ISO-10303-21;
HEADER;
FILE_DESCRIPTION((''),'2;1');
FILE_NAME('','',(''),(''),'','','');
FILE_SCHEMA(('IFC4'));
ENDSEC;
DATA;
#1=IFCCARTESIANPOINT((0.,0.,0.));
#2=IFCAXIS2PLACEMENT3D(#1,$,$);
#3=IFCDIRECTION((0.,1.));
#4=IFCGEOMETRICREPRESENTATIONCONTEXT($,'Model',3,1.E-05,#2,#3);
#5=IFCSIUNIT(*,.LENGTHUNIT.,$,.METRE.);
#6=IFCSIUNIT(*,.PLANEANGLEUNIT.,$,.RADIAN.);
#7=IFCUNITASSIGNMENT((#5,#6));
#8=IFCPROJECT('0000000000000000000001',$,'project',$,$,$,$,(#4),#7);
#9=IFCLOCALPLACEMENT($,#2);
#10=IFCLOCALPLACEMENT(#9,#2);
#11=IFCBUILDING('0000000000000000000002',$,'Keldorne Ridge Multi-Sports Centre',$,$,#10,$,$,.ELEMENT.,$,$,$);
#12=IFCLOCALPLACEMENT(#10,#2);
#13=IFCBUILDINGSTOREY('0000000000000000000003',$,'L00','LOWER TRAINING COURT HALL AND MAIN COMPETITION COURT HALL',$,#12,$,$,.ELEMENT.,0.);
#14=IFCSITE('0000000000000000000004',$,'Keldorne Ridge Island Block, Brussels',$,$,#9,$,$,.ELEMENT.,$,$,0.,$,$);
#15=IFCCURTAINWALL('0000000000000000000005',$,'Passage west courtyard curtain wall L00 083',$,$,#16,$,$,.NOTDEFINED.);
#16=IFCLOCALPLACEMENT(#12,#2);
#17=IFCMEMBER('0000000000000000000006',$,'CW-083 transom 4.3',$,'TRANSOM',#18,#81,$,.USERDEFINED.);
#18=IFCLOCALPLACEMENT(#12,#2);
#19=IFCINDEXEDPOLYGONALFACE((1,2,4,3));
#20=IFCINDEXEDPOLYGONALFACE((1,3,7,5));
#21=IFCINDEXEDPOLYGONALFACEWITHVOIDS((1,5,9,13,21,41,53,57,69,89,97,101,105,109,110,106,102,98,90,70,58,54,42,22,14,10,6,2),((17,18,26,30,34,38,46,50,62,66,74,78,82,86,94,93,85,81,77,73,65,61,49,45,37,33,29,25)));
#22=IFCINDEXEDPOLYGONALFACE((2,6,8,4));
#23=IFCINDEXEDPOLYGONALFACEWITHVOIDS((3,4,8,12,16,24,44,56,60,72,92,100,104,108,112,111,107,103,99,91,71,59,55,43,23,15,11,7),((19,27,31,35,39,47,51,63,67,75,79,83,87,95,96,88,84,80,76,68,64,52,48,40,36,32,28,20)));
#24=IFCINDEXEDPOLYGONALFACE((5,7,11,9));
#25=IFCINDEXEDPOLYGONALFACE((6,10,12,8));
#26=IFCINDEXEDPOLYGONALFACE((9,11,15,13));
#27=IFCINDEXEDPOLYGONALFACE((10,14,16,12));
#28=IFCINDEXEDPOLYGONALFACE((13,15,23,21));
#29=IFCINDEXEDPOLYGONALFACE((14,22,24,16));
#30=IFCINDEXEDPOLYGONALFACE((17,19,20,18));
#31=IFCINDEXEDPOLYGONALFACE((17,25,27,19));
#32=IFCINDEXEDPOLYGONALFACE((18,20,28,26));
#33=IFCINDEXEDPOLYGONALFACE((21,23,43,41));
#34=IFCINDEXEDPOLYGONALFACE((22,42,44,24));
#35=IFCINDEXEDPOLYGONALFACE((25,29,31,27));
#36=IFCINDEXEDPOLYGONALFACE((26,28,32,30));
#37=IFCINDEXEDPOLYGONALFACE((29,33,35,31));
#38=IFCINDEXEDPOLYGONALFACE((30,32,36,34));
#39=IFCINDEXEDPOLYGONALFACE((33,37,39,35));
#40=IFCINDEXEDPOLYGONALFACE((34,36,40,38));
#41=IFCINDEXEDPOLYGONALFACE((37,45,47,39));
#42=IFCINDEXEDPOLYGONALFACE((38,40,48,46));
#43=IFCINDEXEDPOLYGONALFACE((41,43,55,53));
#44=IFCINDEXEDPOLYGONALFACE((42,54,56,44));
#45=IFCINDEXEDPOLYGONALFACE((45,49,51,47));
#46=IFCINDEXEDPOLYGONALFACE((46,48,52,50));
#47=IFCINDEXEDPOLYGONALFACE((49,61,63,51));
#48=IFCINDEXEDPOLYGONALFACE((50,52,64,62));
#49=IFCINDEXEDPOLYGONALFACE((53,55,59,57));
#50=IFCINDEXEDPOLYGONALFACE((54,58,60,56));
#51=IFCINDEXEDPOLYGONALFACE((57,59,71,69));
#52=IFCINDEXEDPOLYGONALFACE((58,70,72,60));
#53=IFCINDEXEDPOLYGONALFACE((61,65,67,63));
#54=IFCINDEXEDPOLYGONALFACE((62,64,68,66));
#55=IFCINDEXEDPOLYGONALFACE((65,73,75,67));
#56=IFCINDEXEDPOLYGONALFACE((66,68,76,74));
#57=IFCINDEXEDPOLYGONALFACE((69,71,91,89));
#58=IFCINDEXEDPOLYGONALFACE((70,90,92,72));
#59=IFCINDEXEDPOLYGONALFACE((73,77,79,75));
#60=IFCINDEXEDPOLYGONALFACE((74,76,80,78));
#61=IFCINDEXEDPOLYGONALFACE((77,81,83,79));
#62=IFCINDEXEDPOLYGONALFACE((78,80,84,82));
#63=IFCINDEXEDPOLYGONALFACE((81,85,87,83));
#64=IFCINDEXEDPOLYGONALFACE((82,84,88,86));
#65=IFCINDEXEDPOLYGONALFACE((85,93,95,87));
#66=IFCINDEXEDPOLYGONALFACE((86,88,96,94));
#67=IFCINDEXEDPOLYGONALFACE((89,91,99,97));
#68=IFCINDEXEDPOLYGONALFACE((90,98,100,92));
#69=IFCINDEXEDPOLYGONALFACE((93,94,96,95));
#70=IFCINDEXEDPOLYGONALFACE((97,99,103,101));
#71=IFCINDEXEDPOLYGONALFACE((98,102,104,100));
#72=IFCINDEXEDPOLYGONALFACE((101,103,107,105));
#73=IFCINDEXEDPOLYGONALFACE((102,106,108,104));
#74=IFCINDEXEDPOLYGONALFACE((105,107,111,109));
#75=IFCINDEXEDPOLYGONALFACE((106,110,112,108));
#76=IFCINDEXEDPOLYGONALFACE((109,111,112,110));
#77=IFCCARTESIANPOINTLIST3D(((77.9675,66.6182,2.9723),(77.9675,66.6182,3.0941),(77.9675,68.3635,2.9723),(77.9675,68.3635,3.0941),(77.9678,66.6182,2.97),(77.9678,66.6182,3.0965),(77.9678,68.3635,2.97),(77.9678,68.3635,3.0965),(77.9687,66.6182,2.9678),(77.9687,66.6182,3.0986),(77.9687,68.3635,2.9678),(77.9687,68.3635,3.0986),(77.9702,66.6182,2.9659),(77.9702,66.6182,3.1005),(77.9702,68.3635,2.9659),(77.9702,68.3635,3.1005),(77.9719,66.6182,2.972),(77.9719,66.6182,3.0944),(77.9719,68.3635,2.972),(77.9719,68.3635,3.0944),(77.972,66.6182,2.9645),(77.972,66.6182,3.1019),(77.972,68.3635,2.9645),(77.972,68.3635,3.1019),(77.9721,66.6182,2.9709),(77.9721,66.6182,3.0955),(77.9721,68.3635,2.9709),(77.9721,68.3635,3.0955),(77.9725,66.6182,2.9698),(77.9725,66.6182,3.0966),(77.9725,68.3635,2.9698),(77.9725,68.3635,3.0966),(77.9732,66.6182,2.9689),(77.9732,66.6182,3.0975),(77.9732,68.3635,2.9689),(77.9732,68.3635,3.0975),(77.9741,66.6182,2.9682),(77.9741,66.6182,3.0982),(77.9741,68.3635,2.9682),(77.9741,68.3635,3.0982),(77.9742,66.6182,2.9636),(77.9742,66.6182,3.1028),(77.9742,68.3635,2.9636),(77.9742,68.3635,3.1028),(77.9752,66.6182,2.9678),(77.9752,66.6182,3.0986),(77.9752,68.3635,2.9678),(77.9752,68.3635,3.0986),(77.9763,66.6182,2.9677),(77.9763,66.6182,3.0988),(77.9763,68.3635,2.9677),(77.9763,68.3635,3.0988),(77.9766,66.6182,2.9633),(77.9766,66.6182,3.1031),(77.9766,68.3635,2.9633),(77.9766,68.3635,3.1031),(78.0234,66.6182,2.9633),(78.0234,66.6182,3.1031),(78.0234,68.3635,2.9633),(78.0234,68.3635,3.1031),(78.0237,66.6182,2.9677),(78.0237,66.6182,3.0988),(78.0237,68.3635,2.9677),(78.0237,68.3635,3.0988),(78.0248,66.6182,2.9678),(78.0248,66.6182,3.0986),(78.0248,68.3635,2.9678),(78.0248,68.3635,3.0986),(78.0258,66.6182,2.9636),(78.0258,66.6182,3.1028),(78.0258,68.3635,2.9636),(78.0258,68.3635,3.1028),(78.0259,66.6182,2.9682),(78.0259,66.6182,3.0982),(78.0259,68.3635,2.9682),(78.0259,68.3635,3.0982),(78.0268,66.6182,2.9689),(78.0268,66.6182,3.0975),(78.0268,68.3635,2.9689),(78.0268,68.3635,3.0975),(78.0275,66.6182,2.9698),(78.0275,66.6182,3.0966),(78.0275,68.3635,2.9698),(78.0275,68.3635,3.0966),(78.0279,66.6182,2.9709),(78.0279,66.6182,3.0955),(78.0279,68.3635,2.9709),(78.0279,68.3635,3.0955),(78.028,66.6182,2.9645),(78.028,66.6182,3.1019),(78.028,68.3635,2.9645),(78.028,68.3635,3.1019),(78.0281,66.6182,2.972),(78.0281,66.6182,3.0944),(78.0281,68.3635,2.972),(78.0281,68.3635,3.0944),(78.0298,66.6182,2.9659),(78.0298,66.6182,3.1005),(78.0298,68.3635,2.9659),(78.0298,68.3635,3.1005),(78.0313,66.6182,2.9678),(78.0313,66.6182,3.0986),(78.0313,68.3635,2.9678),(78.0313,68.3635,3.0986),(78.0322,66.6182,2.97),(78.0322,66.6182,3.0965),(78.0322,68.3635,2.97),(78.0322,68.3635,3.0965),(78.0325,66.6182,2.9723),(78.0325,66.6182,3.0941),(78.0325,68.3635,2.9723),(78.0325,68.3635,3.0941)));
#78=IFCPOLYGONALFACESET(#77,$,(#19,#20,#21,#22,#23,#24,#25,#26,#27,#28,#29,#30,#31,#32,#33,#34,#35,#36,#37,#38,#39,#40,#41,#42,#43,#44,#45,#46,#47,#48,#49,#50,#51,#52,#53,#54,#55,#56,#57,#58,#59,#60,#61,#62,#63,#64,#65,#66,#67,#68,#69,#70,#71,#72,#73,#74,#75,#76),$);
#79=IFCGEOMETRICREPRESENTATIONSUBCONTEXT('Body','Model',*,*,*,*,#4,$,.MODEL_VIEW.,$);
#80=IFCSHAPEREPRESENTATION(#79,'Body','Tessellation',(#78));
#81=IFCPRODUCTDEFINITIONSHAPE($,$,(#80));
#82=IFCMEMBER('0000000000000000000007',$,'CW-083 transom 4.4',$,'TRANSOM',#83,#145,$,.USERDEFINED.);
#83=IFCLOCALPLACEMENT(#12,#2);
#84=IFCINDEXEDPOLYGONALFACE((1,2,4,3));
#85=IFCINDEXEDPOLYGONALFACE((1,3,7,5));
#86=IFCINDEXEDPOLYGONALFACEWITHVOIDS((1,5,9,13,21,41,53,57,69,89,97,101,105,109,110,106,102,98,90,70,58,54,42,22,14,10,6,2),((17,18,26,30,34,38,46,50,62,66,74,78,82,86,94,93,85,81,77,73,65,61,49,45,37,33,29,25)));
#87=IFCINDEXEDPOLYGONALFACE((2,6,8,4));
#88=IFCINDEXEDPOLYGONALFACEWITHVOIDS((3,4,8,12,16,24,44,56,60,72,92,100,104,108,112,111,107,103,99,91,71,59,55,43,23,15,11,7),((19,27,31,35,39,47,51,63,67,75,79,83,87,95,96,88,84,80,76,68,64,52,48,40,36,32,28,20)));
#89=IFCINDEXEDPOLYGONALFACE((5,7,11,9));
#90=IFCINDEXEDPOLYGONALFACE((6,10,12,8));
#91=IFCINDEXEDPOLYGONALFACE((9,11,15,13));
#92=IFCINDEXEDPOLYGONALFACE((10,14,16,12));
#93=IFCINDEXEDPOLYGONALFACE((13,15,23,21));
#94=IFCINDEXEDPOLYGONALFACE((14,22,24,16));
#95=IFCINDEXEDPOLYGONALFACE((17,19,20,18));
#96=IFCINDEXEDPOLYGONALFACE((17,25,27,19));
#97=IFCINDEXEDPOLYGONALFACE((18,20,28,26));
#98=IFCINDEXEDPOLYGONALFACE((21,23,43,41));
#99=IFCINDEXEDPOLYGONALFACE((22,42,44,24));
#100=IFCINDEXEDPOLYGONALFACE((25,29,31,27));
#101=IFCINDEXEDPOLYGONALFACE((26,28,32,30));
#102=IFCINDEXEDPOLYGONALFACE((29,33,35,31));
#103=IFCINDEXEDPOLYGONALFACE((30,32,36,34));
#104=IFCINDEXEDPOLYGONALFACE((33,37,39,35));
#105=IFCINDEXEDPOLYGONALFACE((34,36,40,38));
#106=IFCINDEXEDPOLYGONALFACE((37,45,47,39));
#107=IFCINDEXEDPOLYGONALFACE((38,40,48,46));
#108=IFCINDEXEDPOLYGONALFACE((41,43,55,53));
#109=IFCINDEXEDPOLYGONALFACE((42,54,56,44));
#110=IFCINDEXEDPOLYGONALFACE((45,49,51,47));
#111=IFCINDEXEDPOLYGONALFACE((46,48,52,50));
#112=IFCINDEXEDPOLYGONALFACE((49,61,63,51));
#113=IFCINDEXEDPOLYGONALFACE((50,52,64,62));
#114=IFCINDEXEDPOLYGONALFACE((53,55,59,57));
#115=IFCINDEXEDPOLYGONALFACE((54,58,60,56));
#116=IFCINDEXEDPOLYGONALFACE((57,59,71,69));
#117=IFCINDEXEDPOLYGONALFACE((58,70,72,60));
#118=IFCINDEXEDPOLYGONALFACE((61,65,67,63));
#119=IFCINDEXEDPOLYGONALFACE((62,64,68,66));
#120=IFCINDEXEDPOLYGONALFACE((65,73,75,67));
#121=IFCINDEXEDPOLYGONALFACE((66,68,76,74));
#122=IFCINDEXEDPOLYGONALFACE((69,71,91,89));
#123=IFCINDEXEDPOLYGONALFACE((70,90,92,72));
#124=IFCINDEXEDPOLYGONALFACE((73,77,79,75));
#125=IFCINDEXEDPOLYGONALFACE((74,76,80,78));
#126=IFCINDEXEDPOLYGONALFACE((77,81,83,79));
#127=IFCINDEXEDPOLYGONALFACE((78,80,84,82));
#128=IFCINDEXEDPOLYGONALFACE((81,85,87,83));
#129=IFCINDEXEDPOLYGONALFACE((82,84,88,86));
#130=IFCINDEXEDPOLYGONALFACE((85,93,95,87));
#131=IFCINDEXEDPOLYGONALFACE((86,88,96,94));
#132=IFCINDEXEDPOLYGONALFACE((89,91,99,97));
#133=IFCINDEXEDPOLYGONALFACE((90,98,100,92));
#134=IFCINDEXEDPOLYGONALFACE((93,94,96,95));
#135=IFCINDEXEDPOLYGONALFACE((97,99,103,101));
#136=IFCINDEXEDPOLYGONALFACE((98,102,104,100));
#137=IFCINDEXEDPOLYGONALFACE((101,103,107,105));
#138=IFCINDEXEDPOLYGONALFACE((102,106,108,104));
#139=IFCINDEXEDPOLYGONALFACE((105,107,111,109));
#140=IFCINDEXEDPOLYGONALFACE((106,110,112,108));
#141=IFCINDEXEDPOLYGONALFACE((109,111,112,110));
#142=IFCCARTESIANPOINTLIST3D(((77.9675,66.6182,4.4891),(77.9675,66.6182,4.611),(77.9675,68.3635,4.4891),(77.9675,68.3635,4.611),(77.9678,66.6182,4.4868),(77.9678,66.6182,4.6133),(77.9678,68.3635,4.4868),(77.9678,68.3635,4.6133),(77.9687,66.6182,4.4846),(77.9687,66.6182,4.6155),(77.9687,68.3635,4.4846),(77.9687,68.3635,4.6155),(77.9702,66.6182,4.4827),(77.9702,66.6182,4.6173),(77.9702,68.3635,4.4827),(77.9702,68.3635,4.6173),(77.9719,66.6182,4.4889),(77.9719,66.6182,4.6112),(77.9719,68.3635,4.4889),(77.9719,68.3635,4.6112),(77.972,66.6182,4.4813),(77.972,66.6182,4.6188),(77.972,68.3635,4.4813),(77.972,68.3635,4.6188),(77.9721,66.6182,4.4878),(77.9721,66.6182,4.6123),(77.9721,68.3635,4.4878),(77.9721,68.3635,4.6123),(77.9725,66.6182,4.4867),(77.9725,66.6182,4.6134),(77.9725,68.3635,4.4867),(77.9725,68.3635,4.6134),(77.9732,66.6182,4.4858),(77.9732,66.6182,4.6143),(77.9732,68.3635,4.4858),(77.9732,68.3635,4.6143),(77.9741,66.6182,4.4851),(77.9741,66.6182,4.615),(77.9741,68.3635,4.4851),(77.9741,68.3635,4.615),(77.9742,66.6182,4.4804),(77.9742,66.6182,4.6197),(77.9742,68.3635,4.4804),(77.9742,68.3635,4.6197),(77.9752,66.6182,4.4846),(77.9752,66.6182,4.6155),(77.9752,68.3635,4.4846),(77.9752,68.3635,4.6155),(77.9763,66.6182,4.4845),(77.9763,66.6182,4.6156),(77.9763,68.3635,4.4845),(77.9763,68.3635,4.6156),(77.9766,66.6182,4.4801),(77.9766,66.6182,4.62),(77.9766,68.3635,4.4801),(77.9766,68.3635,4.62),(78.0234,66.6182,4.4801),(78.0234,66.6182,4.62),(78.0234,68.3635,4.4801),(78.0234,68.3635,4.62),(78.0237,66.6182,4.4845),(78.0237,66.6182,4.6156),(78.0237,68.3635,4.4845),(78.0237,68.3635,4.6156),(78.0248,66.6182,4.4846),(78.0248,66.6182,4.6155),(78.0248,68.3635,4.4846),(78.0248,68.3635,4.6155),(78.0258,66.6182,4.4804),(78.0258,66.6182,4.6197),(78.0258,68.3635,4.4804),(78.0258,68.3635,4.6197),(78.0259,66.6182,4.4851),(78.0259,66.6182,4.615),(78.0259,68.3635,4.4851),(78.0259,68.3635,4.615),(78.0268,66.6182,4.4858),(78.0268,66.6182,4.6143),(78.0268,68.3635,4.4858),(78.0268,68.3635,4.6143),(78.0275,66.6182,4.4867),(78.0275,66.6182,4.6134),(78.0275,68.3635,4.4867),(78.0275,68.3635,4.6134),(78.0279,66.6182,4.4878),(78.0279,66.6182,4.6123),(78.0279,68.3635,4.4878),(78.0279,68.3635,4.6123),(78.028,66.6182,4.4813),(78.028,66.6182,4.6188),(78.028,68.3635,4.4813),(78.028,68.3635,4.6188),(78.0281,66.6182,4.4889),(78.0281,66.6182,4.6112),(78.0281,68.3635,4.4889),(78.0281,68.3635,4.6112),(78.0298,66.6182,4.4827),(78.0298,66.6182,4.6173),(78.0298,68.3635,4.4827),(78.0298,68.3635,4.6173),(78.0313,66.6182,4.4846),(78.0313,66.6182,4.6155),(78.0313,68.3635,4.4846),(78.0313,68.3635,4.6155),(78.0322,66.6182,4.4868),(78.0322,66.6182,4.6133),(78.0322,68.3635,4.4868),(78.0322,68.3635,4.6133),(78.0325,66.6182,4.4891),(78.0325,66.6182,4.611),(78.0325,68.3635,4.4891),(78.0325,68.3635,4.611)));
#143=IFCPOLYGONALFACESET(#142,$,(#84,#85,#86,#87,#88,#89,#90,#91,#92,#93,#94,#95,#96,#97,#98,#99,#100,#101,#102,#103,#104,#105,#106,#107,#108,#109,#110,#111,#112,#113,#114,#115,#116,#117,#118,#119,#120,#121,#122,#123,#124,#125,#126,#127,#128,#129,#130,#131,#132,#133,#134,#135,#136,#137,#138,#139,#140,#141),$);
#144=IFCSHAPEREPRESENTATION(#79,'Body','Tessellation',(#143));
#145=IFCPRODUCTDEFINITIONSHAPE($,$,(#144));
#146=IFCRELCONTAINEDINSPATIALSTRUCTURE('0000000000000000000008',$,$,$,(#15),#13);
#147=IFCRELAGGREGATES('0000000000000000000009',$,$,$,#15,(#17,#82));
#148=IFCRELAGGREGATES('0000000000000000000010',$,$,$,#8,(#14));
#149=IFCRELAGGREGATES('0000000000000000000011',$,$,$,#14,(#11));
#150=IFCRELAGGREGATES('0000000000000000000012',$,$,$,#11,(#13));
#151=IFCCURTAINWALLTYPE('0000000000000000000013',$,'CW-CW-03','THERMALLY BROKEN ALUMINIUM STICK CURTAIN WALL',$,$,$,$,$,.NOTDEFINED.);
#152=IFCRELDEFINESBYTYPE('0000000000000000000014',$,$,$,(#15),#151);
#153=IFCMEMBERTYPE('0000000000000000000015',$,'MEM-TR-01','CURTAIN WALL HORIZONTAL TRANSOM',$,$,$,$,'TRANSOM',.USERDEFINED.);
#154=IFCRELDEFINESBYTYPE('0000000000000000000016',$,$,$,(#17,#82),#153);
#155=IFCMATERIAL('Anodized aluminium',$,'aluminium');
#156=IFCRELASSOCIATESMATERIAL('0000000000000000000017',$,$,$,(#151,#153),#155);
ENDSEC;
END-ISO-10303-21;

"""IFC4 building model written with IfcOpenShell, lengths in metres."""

from ifc_helpers import new_model, si_unit, direction, frame, origin, origin_2d, place, context, subcontext, project, spatial, hollow_rectangle, extrude, material, material_profile, profile_set, type_object, element, aggregate, save


model = new_model("IFC4")

# Units and contexts
model_context = context("Model", 3, precision=1e-05, world=origin(), true_north=direction((0.0, 1.0)))
body_context = subcontext(model_context, "Body", "Model", "MODEL_VIEW")
ifc_project = project(units=[si_unit("LENGTHUNIT", "METRE"), si_unit("PLANEANGLEUNIT", "RADIAN")], contexts=[model_context])

# Site, building, storey
site_placement = place(None, origin())
site = spatial("IfcSite", under=ifc_project, at=site_placement, Name="Keldorne Ridge Island Block, Brussels", CompositionType="ELEMENT", RefElevation=0.0)
building_placement = place(site_placement, origin())
building = spatial("IfcBuilding", under=site, at=building_placement, Name="Keldorne Ridge Multi-Sports Centre", CompositionType="ELEMENT")
storey_placement = place(building_placement, origin())
storey = spatial("IfcBuildingStorey", under=building, at=storey_placement, Name="L00", Description="LOWER TRAINING COURT HALL AND MAIN COMPETITION COURT HALL", CompositionType="ELEMENT", Elevation=0.0)

# Curtain wall, members
ifc_material_1 = material(Name="Anodized aluminium", Category="aluminium")
curtain_wall_type = type_object("IfcCurtainWallType", Name="CW-CW-03", Description="THERMALLY BROKEN ALUMINIUM STICK CURTAIN WALL", PredefinedType="NOTDEFINED", material=ifc_material_1)
curtain_wall_placement = place(storey_placement, origin())
curtain_wall = element("IfcCurtainWall", 1, at=curtain_wall_placement, inside=storey, type_object=curtain_wall_type, Name="Passage west courtyard curtain wall L00 083", PredefinedType="NOTDEFINED")
ifc_material_profile_1 = material_profile(ifc_material_1, hollow_rectangle(XDim=0.0649, YDim=0.1399, WallThickness=0.0044, InnerFilletRadius=0.0044, OuterFilletRadius=0.009, at=origin_2d()), Name="ALU TRANSOM 140x65x4.5")
ifc_profile_set_1 = profile_set([ifc_material_profile_1], Name="Anodized aluminium")
member_type_1 = type_object("IfcMemberType", Name="MEM-TR-01", Description="CURTAIN WALL HORIZONTAL TRANSOM", ElementType="TRANSOM", PredefinedType="USERDEFINED", material=ifc_profile_set_1)
member_1_placement = place(storey_placement, frame((78.0, 68.3635, 3.0332), z_axis=(0.0, -1.0, 0.0), x_axis=(1.0, 0.0, 0.0)))
member_1 = element("IfcMember", 2, at=member_1_placement, type_object=member_type_1, Name="CW-083 transom 4.3", ObjectType="TRANSOM", PredefinedType="USERDEFINED", context=body_context, shape_type="SweptSolid", body=[
    extrude(hollow_rectangle(XDim=0.0649, YDim=0.1399, WallThickness=0.0044, InnerFilletRadius=0.0044, OuterFilletRadius=0.009, at=origin_2d()), origin(), (0.0, 0.0, 1.0), 1.7454),
])
member_2_placement = place(storey_placement, frame((78.0, 68.3635, 4.55), z_axis=(0.0, -1.0, 0.0), x_axis=(1.0, 0.0, 0.0)))
member_2 = element("IfcMember", 3, at=member_2_placement, type_object=member_type_1, Name="CW-083 transom 4.4", ObjectType="TRANSOM", PredefinedType="USERDEFINED", context=body_context, shape_type="SweptSolid", body=[
    extrude(hollow_rectangle(XDim=0.0649, YDim=0.1399, WallThickness=0.0044, InnerFilletRadius=0.0044, OuterFilletRadius=0.009, at=origin_2d()), origin(), (0.0, 0.0, 1.0), 1.7454),
])
aggregate(curtain_wall, [member_1, member_2])

save(model, "model.ifc")
